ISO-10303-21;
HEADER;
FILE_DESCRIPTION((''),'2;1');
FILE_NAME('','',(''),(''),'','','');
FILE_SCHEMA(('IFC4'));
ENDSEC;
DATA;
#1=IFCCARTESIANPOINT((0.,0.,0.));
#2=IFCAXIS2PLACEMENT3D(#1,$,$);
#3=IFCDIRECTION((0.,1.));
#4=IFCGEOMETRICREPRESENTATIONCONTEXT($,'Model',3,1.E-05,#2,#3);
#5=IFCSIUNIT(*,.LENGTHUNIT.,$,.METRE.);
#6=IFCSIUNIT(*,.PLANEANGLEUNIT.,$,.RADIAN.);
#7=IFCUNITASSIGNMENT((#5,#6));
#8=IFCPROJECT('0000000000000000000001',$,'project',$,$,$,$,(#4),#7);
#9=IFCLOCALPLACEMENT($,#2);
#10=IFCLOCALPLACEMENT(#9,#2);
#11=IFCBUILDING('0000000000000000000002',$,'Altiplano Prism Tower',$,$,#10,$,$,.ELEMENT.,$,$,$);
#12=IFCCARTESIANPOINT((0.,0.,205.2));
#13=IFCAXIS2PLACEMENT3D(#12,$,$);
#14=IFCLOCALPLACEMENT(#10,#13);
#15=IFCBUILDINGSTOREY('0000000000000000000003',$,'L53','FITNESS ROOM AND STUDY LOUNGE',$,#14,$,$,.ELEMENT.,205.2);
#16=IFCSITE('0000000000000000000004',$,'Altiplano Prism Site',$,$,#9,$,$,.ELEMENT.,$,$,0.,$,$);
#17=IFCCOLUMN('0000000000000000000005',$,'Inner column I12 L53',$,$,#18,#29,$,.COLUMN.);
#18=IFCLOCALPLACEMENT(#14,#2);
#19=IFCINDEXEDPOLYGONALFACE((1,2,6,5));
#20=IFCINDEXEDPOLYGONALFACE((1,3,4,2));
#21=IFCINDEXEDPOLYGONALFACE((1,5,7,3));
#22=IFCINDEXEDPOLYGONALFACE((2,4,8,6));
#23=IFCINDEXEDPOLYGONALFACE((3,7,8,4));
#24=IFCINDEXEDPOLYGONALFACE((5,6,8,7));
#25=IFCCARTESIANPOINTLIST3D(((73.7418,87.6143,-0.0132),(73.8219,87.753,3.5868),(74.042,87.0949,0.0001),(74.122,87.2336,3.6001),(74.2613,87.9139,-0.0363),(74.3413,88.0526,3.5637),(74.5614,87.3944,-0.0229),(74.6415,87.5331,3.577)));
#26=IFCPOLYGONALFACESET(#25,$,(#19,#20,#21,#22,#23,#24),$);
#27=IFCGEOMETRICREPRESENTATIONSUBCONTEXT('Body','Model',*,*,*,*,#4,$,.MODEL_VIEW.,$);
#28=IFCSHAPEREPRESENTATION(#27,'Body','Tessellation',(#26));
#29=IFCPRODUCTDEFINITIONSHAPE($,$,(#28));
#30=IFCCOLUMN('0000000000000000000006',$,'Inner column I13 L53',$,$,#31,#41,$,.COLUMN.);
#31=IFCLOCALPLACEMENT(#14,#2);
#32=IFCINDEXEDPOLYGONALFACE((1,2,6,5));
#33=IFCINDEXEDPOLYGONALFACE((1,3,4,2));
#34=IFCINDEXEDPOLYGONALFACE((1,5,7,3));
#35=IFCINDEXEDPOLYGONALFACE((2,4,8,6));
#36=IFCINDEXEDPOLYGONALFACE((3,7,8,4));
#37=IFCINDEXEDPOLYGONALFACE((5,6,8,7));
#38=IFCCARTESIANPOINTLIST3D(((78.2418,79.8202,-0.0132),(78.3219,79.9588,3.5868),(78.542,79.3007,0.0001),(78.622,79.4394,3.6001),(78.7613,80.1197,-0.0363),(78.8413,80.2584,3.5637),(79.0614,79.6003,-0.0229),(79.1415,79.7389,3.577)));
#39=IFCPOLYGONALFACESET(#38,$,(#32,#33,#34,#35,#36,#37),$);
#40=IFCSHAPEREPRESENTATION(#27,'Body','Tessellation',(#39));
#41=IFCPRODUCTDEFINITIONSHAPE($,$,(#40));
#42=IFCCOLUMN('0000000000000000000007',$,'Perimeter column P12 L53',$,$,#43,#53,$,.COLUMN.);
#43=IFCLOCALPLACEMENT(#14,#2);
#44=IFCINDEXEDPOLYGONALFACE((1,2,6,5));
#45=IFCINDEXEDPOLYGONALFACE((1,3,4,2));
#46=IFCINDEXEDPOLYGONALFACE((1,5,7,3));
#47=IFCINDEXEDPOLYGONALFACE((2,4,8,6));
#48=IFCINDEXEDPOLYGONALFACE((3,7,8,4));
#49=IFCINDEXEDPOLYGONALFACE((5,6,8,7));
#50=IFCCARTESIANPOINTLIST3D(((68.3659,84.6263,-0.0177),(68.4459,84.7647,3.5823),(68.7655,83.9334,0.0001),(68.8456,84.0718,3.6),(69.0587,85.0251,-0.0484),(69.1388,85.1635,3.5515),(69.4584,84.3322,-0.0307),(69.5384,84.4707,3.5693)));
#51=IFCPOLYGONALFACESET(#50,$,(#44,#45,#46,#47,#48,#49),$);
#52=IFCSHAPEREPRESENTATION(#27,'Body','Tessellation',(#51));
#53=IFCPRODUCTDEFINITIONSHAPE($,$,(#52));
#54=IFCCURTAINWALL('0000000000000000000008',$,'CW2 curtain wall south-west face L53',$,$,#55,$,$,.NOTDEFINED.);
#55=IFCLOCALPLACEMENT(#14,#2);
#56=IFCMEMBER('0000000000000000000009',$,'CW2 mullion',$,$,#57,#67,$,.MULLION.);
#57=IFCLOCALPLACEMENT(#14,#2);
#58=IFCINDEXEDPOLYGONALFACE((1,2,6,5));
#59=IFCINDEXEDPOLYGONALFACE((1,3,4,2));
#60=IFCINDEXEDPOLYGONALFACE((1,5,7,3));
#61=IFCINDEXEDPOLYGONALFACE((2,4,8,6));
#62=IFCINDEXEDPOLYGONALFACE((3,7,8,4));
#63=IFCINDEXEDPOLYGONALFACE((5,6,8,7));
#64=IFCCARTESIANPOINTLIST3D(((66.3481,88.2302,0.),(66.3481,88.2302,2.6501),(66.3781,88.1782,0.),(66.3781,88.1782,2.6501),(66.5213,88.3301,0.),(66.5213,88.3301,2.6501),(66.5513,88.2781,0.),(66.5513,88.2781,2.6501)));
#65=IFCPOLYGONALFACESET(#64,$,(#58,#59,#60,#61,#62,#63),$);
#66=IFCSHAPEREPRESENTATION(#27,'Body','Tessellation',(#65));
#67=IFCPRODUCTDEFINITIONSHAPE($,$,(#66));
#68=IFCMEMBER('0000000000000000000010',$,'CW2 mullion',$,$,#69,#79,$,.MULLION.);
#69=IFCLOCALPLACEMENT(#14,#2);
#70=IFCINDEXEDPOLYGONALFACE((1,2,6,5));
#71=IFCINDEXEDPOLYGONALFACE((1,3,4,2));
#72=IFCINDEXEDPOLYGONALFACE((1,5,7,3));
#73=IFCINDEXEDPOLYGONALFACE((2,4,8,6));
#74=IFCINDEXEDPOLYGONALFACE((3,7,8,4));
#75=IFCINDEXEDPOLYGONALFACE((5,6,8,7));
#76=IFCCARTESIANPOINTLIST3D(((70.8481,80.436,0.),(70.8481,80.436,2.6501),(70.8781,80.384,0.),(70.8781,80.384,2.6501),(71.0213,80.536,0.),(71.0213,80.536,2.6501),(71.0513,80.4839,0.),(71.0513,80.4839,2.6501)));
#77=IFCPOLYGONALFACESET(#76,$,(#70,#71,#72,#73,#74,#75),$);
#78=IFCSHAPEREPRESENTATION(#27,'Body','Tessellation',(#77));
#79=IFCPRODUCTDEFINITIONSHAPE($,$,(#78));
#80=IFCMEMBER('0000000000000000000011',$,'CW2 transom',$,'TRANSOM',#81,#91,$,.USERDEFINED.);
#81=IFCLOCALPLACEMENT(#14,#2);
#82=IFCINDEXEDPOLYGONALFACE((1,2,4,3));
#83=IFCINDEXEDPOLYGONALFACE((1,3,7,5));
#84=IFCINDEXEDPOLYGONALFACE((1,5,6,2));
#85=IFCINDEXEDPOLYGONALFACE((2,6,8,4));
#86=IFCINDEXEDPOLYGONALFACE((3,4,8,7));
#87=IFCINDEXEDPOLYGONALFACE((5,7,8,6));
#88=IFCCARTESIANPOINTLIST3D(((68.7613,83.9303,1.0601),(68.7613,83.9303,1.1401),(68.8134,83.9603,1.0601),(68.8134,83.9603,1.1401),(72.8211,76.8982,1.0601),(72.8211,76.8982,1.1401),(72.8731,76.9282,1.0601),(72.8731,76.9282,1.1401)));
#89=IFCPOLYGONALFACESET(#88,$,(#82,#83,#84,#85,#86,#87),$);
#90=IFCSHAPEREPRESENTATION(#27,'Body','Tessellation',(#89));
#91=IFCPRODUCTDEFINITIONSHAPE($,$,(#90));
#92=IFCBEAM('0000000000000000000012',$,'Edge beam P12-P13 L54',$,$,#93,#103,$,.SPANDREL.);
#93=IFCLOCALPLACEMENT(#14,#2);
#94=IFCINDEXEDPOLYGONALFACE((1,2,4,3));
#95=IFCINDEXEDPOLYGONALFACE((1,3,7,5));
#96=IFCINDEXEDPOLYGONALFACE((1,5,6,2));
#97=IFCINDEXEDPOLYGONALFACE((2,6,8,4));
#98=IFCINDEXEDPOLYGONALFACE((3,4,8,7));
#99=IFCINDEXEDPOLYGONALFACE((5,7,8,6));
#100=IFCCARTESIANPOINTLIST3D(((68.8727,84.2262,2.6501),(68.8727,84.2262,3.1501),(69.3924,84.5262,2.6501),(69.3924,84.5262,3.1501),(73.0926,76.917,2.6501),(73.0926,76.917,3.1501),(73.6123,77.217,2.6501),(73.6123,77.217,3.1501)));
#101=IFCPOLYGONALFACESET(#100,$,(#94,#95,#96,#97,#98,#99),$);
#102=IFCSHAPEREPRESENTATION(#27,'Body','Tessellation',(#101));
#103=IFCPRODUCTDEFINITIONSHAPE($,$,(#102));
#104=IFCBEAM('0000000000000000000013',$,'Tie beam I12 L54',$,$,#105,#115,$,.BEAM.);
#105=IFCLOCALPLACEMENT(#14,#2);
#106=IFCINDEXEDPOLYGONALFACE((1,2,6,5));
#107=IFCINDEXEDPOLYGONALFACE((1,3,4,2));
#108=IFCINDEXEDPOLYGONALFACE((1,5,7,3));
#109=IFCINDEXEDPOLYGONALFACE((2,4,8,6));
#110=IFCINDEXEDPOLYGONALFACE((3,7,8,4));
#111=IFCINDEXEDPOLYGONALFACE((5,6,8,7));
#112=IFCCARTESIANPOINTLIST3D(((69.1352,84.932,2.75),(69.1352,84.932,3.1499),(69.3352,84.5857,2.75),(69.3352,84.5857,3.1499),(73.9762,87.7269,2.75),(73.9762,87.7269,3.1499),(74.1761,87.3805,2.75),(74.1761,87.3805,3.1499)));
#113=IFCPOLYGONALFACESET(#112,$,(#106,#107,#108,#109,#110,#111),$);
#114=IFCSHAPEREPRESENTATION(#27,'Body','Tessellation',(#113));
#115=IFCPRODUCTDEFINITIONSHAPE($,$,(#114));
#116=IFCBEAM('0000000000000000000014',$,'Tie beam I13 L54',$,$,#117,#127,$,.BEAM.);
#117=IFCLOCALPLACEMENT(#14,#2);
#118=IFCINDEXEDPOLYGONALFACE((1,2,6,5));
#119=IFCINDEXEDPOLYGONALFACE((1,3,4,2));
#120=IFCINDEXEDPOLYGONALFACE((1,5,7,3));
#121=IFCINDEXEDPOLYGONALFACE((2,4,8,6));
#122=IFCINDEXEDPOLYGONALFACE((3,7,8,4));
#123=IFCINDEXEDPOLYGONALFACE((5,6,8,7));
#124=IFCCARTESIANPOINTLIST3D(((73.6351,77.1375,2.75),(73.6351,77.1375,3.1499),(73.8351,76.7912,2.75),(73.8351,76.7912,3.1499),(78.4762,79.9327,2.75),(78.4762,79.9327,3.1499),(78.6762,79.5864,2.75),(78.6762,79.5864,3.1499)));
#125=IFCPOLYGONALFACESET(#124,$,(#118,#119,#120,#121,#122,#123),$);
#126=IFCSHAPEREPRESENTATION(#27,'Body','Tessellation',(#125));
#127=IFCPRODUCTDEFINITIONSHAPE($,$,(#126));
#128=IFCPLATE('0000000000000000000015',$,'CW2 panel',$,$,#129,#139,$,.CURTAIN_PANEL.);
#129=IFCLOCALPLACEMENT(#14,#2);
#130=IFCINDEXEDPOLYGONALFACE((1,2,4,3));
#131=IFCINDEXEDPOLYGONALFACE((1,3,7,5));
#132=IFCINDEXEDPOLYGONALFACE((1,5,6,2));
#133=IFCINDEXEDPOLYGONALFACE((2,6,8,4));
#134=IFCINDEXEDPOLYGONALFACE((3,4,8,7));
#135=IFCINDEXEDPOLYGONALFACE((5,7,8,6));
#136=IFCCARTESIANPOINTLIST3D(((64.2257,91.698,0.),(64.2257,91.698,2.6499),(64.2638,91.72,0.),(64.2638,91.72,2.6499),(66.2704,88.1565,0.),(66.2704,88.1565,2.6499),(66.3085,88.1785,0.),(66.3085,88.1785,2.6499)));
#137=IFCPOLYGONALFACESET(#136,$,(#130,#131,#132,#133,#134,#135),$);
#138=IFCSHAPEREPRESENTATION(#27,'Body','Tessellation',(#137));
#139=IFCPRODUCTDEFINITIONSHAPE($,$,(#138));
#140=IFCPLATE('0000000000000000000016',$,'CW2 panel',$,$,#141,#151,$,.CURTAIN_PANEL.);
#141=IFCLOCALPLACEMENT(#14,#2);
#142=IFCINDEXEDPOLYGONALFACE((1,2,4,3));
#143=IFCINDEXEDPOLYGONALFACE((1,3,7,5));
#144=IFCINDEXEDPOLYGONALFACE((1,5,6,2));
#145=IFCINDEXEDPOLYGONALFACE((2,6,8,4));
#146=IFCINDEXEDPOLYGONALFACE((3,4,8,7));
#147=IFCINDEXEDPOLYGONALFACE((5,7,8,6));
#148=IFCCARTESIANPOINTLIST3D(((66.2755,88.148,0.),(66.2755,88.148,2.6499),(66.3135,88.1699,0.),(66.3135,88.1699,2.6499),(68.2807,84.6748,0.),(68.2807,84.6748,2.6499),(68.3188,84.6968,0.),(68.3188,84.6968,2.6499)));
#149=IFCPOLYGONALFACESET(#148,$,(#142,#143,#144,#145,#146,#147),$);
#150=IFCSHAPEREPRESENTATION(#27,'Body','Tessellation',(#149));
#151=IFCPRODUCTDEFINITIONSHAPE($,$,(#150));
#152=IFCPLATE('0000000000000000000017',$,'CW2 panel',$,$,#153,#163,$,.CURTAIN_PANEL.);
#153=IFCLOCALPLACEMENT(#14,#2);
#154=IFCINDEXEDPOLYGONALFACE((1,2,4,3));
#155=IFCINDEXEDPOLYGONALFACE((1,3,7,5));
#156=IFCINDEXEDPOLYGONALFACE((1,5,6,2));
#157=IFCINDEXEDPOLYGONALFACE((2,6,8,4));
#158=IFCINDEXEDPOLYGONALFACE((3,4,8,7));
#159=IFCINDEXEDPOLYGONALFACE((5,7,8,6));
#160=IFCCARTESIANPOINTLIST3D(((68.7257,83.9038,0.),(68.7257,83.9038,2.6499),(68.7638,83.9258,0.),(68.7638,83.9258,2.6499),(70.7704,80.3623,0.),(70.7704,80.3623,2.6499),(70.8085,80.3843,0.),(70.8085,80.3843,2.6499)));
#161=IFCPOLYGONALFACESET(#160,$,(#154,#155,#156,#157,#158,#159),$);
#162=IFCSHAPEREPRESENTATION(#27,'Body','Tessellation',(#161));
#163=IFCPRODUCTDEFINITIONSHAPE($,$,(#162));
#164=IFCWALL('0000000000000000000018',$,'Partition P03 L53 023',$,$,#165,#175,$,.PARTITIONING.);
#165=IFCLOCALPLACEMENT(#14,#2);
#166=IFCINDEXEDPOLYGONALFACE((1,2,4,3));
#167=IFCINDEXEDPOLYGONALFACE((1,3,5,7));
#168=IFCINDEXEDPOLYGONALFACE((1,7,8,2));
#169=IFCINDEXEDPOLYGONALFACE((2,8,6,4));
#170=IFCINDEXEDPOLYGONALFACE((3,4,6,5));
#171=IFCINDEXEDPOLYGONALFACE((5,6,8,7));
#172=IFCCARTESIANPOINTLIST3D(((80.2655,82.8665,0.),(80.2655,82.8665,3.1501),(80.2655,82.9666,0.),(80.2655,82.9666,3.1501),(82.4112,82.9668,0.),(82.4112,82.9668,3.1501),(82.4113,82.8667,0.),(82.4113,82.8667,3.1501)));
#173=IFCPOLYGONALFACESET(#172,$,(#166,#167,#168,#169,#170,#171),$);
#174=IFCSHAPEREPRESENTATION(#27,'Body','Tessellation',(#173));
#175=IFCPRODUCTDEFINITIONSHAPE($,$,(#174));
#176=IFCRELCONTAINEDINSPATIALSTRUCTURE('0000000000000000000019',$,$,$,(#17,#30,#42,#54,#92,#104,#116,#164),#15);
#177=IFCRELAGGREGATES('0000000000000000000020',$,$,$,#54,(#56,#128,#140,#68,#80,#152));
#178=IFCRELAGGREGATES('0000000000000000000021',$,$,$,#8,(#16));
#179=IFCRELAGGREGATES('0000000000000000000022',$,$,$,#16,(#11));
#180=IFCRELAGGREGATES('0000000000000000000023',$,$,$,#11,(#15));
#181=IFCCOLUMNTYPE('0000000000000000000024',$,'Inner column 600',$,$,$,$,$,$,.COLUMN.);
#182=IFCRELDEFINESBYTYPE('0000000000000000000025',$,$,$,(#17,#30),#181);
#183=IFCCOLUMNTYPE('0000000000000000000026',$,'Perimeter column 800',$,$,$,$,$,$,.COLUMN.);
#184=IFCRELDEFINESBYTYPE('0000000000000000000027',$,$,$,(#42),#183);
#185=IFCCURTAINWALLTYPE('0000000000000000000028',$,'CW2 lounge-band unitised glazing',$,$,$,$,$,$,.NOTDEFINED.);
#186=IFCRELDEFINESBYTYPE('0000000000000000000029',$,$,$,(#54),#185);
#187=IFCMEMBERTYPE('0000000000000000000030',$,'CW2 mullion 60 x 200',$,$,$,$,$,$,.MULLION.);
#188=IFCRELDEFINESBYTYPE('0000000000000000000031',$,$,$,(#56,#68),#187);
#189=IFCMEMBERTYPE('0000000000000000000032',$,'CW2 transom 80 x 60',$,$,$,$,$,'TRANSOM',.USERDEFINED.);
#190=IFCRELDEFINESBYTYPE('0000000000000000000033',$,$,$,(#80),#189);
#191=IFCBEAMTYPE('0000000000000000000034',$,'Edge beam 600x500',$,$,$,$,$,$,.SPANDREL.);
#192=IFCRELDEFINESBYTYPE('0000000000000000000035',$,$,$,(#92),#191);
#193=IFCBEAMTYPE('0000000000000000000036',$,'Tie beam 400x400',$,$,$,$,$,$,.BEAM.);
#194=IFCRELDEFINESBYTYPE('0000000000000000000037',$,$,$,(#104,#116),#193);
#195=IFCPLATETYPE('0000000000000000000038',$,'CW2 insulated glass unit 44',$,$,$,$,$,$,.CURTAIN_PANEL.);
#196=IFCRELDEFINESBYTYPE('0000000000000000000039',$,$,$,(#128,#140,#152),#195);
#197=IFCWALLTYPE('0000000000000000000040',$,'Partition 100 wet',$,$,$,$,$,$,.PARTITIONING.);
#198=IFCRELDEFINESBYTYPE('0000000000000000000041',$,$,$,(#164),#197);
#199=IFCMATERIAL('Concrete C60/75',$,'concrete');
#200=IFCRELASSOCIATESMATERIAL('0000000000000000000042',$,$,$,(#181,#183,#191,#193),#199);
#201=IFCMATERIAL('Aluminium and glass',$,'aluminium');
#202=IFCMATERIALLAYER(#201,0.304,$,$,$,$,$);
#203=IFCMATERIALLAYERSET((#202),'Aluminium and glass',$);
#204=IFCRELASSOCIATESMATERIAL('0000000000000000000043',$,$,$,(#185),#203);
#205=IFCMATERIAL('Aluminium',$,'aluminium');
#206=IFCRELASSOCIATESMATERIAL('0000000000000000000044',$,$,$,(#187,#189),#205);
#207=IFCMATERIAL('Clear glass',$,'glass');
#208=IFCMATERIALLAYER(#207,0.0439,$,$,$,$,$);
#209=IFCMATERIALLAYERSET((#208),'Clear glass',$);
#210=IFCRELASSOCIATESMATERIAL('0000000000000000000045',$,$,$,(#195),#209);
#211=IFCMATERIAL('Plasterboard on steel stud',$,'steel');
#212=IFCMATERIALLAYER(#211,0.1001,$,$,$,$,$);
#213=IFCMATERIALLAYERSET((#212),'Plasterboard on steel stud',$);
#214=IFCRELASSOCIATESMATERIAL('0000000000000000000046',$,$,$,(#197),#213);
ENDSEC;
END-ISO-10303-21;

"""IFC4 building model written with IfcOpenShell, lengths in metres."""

from ifc_helpers import new_model, si_unit, direction, frame, frame_2d, origin, origin_2d, place, context, subcontext, project, spatial, rectangle, extrude, material, layer, layer_set, material_profile, profile_set, type_object, element, aggregate, save


model = new_model("IFC4")

# Units and contexts
model_context = context("Model", 3, precision=1e-05, world=origin(), true_north=direction((0.0, 1.0)))
body_context = subcontext(model_context, "Body", "Model", "MODEL_VIEW")
ifc_project = project(units=[si_unit("LENGTHUNIT", "METRE"), si_unit("PLANEANGLEUNIT", "RADIAN")], contexts=[model_context])

# Site, building, storey
site_placement = place(None, origin())
site = spatial("IfcSite", under=ifc_project, at=site_placement, Name="Altiplano Prism Site", CompositionType="ELEMENT", RefElevation=0.0)
building_placement = place(site_placement, origin())
building = spatial("IfcBuilding", under=site, at=building_placement, Name="Altiplano Prism Tower", CompositionType="ELEMENT")
storey_placement = place(building_placement, frame((0.0, 0.0, 205.2)))
storey = spatial("IfcBuildingStorey", under=building, at=storey_placement, Name="L53", Description="FITNESS ROOM AND STUDY LOUNGE", CompositionType="ELEMENT", Elevation=205.2)

# Columns
ifc_material_1 = material(Name="Concrete C60/75", Category="concrete")
ifc_material_profile_1 = material_profile(ifc_material_1, rectangle(XDim=0.6001, YDim=0.6001, at=origin_2d()), Name="Inner column 600")
ifc_profile_set_1 = profile_set([ifc_material_profile_1], Name="Concrete C60/75")
column_type_1 = type_object("IfcColumnType", Name="Inner column 600", PredefinedType="COLUMN", material=ifc_profile_set_1)
for number, where, z_axis, x_axis, name in (
    (1, (74.1516, 87.5044, -0.0181), (0.022223, 0.038483, 0.999012), (-0.865637, -0.499191, 0.038486), "Inner column I12 L53"),
    (2, (78.6516, 79.7102, -0.0181), (0.022223, 0.038483, 0.999012), (-0.865639, -0.499187, 0.038485), "Inner column I13 L53"),
):
    element("IfcColumn", number, at=place(storey_placement, frame(where, z_axis=z_axis, x_axis=x_axis)), inside=storey, type_object=column_type_1, Name=name, PredefinedType="COLUMN", context=body_context, shape_type="SweptSolid", body=[
        extrude(rectangle(XDim=0.6001, YDim=0.6001, at=origin_2d()), origin(), (0.0, 0.0, 1.0), 3.6035),
    ])
ifc_material_profile_2 = material_profile(ifc_material_1, rectangle(XDim=0.8, YDim=0.8, at=origin_2d()), Name="Perimeter column 800")
ifc_profile_set_2 = profile_set([ifc_material_profile_2], Name="Concrete C60/75")
column_type_2 = type_object("IfcColumnType", Name="Perimeter column 800", PredefinedType="COLUMN", material=ifc_profile_set_2)
column_placement = place(storey_placement, frame((68.9121, 84.4792, -0.0242), z_axis=(0.022223, 0.038416, 0.999015), x_axis=(-0.866019, -0.498532, 0.038435)))
element("IfcColumn", 3, at=column_placement, inside=storey, type_object=column_type_2, Name="Perimeter column P12 L53", PredefinedType="COLUMN", context=body_context, shape_type="SweptSolid", body=[
    extrude(rectangle(XDim=0.8, YDim=0.8, at=origin_2d()), origin(), (0.0, 0.0, 1.0), 3.6035),
])

# Curtain wall, members
ifc_material_2 = material(Name="Aluminium and glass", Category="aluminium")
ifc_layer_1 = layer(ifc_material_2, 0.304)
ifc_layer_set_1 = layer_set([ifc_layer_1], Name="Aluminium and glass")
curtain_wall_type = type_object("IfcCurtainWallType", Name="CW2 lounge-band unitised glazing", PredefinedType="NOTDEFINED", material=ifc_layer_set_1)
curtain_wall_placement = place(storey_placement, origin())
curtain_wall = element("IfcCurtainWall", 4, at=curtain_wall_placement, inside=storey, type_object=curtain_wall_type, Name="CW2 curtain wall south-west face L53", PredefinedType="NOTDEFINED")
ifc_material_3 = material(Name="Aluminium", Category="aluminium")
ifc_material_profile_3 = material_profile(ifc_material_3, rectangle(XDim=0.2, YDim=0.0601, at=origin_2d()), Name="CW2 mullion 60 x 200")
ifc_profile_set_3 = profile_set([ifc_material_profile_3], Name="Aluminium")
member_type_1 = type_object("IfcMemberType", Name="CW2 mullion 60 x 200", PredefinedType="MULLION", material=ifc_profile_set_3)
member_1_placement = place(storey_placement, frame((66.4497, 88.2542, 0.0), z_axis=(0.0, 0.0, 1.0), x_axis=(0.866025, 0.5, 0.0)))
member_1 = element("IfcMember", 5, at=member_1_placement, type_object=member_type_1, Name="CW2 mullion", PredefinedType="MULLION", context=body_context, shape_type="SweptSolid", body=[
    extrude(rectangle(XDim=0.2, YDim=0.0601, at=origin_2d()), origin(), (0.0, 0.0, 1.0), 2.6501),
])
member_2_placement = place(storey_placement, frame((70.9497, 80.46, 0.0), z_axis=(0.0, 0.0, 1.0), x_axis=(0.866025, 0.5, 0.0)))
member_2 = element("IfcMember", 6, at=member_2_placement, type_object=member_type_1, Name="CW2 mullion", PredefinedType="MULLION", context=body_context, shape_type="SweptSolid", body=[
    extrude(rectangle(XDim=0.2, YDim=0.0601, at=origin_2d()), origin(), (0.0, 0.0, 1.0), 2.6501),
])
ifc_material_profile_4 = material_profile(ifc_material_3, rectangle(XDim=0.0601, YDim=0.0801, at=origin_2d()), Name="CW2 transom 80 x 60")
ifc_profile_set_4 = profile_set([ifc_material_profile_4], Name="Aluminium")
member_type_2 = type_object("IfcMemberType", Name="CW2 transom 80 x 60", ElementType="TRANSOM", PredefinedType="USERDEFINED", material=ifc_profile_set_4)
member_3_placement = place(storey_placement, frame((68.7874, 83.9453, 1.1001), z_axis=(0.499978, -0.866038, 0.0), x_axis=(0.866038, 0.499978, 0.0)))
member_3 = element("IfcMember", 7, at=member_3_placement, type_object=member_type_2, Name="CW2 transom", ObjectType="TRANSOM", PredefinedType="USERDEFINED", context=body_context, shape_type="SweptSolid", body=[
    extrude(rectangle(XDim=0.0601, YDim=0.0801, at=origin_2d()), origin(), (0.0, 0.0, 1.0), 8.1199),
])

# Beams
ifc_material_profile_5 = material_profile(ifc_material_1, rectangle(XDim=0.6001, YDim=0.5, at=origin_2d()), Name="Edge beam 600x500")
ifc_profile_set_5 = profile_set([ifc_material_profile_5], Name="Concrete C60/75")
beam_type_1 = type_object("IfcBeamType", Name="Edge beam 600x500", PredefinedType="SPANDREL", material=ifc_profile_set_5)
beam_1_placement = place(storey_placement, frame((69.1326, 84.3762, 2.9001), z_axis=(0.499994, -0.866029, 0.0), x_axis=(0.866029, 0.499994, 0.0)))
element("IfcBeam", 8, at=beam_1_placement, inside=storey, type_object=beam_type_1, Name="Edge beam P12-P13 L54", PredefinedType="SPANDREL", context=body_context, shape_type="SweptSolid", body=[
    extrude(rectangle(XDim=0.6001, YDim=0.5, at=origin_2d()), origin(), (0.0, 0.0, 1.0), 8.4399),
])
ifc_material_profile_6 = material_profile(ifc_material_1, rectangle(XDim=0.3999, YDim=0.3999, at=origin_2d()), Name="Tie beam 400x400")
ifc_profile_set_6 = profile_set([ifc_material_profile_6], Name="Concrete C60/75")
beam_type_2 = type_object("IfcBeamType", Name="Tie beam 400x400", PredefinedType="BEAM", material=ifc_profile_set_6)
beam_2_placement = place(storey_placement, frame((74.0762, 87.5537, 2.95), z_axis=(-0.866031, -0.499991, 0.0), x_axis=(0.499991, -0.866031, 0.0)))
element("IfcBeam", 9, at=beam_2_placement, inside=storey, type_object=beam_type_2, Name="Tie beam I12 L54", PredefinedType="BEAM", context=body_context, shape_type="SweptSolid", body=[
    extrude(rectangle(XDim=0.3999, YDim=0.3999, at=origin_2d()), origin(), (0.0, 0.0, 1.0), 5.5898),
])
beam_3_placement = place(storey_placement, frame((78.5762, 79.7595, 2.95), z_axis=(-0.866012, -0.500024, 0.0), x_axis=(0.500024, -0.866012, 0.0)))
element("IfcBeam", 10, at=beam_3_placement, inside=storey, type_object=beam_type_2, Name="Tie beam I13 L54", PredefinedType="BEAM", context=body_context, shape_type="SweptSolid", body=[
    extrude(rectangle(XDim=0.3999, YDim=0.3999, at=origin_2d()), origin(), (0.0, 0.0, 1.0), 5.5901),
])

# Plates
ifc_material_4 = material(Name="Clear glass", Category="glass")
ifc_layer_2 = layer(ifc_material_4, 0.0439)
ifc_layer_set_2 = layer_set([ifc_layer_2], Name="Clear glass")
plate_type = type_object("IfcPlateType", Name="CW2 insulated glass unit 44", PredefinedType="CURTAIN_PANEL", material=ifc_layer_set_2)
plate_1_placement = place(storey_placement, frame((65.2671, 89.9382, 0.0), z_axis=(0.0, 0.0, 1.0), x_axis=(0.5, -0.866025, 0.0)))
plate_1 = element("IfcPlate", 11, at=plate_1_placement, type_object=plate_type, Name="CW2 panel", PredefinedType="CURTAIN_PANEL", context=body_context, shape_type="SweptSolid", body=[
    extrude(rectangle(XDim=4.0894, YDim=0.0439, at=origin_2d()), origin(), (0.0, 0.0, 1.0), 2.6499),
])
plate_2_placement = place(storey_placement, frame((67.2971, 86.4224, 0.0), z_axis=(0.0, 0.0, 1.0), x_axis=(0.5, -0.866025, 0.0)))
plate_2 = element("IfcPlate", 12, at=plate_2_placement, type_object=plate_type, Name="CW2 panel", PredefinedType="CURTAIN_PANEL", context=body_context, shape_type="SweptSolid", body=[
    extrude(rectangle(XDim=4.0105, YDim=0.0439, at=origin_2d()), origin(), (0.0, 0.0, 1.0), 2.6499),
])
plate_3_placement = place(storey_placement, frame((69.7671, 82.144, 0.0), z_axis=(0.0, 0.0, 1.0), x_axis=(0.5, -0.866025, 0.0)))
plate_3 = element("IfcPlate", 13, at=plate_3_placement, type_object=plate_type, Name="CW2 panel", PredefinedType="CURTAIN_PANEL", context=body_context, shape_type="SweptSolid", body=[
    extrude(rectangle(XDim=4.0894, YDim=0.0439, at=origin_2d()), origin(), (0.0, 0.0, 1.0), 2.6499),
])
aggregate(curtain_wall, [member_1, plate_1, plate_2, member_2, member_3, plate_3])

# Wall
ifc_material_5 = material(Name="Plasterboard on steel stud", Category="steel")
ifc_layer_3 = layer(ifc_material_5, 0.1001)
ifc_layer_set_3 = layer_set([ifc_layer_3], Name="Plasterboard on steel stud")
wall_type_1 = type_object("IfcWallType", Name="Partition 100 wet", PredefinedType="PARTITIONING", material=ifc_layer_set_3)
wall_1_placement = place(storey_placement, frame((82.4111, 82.9167, 0.0), z_axis=(0.0, 0.0, 1.0), x_axis=(-1.0, -0.000114, 0.0)))
element("IfcWall", 14, at=wall_1_placement, inside=storey, type_object=wall_type_1, Name="Partition P03 L53 023", PredefinedType="PARTITIONING", context=body_context, shape_type="SweptSolid", body=[
    extrude(rectangle(XDim=2.1458, YDim=0.1001, at=frame_2d((1.0728, 0.0))), origin(), (0.0, 0.0, 1.0), 3.1501),
])

save(model, "model.ifc")
